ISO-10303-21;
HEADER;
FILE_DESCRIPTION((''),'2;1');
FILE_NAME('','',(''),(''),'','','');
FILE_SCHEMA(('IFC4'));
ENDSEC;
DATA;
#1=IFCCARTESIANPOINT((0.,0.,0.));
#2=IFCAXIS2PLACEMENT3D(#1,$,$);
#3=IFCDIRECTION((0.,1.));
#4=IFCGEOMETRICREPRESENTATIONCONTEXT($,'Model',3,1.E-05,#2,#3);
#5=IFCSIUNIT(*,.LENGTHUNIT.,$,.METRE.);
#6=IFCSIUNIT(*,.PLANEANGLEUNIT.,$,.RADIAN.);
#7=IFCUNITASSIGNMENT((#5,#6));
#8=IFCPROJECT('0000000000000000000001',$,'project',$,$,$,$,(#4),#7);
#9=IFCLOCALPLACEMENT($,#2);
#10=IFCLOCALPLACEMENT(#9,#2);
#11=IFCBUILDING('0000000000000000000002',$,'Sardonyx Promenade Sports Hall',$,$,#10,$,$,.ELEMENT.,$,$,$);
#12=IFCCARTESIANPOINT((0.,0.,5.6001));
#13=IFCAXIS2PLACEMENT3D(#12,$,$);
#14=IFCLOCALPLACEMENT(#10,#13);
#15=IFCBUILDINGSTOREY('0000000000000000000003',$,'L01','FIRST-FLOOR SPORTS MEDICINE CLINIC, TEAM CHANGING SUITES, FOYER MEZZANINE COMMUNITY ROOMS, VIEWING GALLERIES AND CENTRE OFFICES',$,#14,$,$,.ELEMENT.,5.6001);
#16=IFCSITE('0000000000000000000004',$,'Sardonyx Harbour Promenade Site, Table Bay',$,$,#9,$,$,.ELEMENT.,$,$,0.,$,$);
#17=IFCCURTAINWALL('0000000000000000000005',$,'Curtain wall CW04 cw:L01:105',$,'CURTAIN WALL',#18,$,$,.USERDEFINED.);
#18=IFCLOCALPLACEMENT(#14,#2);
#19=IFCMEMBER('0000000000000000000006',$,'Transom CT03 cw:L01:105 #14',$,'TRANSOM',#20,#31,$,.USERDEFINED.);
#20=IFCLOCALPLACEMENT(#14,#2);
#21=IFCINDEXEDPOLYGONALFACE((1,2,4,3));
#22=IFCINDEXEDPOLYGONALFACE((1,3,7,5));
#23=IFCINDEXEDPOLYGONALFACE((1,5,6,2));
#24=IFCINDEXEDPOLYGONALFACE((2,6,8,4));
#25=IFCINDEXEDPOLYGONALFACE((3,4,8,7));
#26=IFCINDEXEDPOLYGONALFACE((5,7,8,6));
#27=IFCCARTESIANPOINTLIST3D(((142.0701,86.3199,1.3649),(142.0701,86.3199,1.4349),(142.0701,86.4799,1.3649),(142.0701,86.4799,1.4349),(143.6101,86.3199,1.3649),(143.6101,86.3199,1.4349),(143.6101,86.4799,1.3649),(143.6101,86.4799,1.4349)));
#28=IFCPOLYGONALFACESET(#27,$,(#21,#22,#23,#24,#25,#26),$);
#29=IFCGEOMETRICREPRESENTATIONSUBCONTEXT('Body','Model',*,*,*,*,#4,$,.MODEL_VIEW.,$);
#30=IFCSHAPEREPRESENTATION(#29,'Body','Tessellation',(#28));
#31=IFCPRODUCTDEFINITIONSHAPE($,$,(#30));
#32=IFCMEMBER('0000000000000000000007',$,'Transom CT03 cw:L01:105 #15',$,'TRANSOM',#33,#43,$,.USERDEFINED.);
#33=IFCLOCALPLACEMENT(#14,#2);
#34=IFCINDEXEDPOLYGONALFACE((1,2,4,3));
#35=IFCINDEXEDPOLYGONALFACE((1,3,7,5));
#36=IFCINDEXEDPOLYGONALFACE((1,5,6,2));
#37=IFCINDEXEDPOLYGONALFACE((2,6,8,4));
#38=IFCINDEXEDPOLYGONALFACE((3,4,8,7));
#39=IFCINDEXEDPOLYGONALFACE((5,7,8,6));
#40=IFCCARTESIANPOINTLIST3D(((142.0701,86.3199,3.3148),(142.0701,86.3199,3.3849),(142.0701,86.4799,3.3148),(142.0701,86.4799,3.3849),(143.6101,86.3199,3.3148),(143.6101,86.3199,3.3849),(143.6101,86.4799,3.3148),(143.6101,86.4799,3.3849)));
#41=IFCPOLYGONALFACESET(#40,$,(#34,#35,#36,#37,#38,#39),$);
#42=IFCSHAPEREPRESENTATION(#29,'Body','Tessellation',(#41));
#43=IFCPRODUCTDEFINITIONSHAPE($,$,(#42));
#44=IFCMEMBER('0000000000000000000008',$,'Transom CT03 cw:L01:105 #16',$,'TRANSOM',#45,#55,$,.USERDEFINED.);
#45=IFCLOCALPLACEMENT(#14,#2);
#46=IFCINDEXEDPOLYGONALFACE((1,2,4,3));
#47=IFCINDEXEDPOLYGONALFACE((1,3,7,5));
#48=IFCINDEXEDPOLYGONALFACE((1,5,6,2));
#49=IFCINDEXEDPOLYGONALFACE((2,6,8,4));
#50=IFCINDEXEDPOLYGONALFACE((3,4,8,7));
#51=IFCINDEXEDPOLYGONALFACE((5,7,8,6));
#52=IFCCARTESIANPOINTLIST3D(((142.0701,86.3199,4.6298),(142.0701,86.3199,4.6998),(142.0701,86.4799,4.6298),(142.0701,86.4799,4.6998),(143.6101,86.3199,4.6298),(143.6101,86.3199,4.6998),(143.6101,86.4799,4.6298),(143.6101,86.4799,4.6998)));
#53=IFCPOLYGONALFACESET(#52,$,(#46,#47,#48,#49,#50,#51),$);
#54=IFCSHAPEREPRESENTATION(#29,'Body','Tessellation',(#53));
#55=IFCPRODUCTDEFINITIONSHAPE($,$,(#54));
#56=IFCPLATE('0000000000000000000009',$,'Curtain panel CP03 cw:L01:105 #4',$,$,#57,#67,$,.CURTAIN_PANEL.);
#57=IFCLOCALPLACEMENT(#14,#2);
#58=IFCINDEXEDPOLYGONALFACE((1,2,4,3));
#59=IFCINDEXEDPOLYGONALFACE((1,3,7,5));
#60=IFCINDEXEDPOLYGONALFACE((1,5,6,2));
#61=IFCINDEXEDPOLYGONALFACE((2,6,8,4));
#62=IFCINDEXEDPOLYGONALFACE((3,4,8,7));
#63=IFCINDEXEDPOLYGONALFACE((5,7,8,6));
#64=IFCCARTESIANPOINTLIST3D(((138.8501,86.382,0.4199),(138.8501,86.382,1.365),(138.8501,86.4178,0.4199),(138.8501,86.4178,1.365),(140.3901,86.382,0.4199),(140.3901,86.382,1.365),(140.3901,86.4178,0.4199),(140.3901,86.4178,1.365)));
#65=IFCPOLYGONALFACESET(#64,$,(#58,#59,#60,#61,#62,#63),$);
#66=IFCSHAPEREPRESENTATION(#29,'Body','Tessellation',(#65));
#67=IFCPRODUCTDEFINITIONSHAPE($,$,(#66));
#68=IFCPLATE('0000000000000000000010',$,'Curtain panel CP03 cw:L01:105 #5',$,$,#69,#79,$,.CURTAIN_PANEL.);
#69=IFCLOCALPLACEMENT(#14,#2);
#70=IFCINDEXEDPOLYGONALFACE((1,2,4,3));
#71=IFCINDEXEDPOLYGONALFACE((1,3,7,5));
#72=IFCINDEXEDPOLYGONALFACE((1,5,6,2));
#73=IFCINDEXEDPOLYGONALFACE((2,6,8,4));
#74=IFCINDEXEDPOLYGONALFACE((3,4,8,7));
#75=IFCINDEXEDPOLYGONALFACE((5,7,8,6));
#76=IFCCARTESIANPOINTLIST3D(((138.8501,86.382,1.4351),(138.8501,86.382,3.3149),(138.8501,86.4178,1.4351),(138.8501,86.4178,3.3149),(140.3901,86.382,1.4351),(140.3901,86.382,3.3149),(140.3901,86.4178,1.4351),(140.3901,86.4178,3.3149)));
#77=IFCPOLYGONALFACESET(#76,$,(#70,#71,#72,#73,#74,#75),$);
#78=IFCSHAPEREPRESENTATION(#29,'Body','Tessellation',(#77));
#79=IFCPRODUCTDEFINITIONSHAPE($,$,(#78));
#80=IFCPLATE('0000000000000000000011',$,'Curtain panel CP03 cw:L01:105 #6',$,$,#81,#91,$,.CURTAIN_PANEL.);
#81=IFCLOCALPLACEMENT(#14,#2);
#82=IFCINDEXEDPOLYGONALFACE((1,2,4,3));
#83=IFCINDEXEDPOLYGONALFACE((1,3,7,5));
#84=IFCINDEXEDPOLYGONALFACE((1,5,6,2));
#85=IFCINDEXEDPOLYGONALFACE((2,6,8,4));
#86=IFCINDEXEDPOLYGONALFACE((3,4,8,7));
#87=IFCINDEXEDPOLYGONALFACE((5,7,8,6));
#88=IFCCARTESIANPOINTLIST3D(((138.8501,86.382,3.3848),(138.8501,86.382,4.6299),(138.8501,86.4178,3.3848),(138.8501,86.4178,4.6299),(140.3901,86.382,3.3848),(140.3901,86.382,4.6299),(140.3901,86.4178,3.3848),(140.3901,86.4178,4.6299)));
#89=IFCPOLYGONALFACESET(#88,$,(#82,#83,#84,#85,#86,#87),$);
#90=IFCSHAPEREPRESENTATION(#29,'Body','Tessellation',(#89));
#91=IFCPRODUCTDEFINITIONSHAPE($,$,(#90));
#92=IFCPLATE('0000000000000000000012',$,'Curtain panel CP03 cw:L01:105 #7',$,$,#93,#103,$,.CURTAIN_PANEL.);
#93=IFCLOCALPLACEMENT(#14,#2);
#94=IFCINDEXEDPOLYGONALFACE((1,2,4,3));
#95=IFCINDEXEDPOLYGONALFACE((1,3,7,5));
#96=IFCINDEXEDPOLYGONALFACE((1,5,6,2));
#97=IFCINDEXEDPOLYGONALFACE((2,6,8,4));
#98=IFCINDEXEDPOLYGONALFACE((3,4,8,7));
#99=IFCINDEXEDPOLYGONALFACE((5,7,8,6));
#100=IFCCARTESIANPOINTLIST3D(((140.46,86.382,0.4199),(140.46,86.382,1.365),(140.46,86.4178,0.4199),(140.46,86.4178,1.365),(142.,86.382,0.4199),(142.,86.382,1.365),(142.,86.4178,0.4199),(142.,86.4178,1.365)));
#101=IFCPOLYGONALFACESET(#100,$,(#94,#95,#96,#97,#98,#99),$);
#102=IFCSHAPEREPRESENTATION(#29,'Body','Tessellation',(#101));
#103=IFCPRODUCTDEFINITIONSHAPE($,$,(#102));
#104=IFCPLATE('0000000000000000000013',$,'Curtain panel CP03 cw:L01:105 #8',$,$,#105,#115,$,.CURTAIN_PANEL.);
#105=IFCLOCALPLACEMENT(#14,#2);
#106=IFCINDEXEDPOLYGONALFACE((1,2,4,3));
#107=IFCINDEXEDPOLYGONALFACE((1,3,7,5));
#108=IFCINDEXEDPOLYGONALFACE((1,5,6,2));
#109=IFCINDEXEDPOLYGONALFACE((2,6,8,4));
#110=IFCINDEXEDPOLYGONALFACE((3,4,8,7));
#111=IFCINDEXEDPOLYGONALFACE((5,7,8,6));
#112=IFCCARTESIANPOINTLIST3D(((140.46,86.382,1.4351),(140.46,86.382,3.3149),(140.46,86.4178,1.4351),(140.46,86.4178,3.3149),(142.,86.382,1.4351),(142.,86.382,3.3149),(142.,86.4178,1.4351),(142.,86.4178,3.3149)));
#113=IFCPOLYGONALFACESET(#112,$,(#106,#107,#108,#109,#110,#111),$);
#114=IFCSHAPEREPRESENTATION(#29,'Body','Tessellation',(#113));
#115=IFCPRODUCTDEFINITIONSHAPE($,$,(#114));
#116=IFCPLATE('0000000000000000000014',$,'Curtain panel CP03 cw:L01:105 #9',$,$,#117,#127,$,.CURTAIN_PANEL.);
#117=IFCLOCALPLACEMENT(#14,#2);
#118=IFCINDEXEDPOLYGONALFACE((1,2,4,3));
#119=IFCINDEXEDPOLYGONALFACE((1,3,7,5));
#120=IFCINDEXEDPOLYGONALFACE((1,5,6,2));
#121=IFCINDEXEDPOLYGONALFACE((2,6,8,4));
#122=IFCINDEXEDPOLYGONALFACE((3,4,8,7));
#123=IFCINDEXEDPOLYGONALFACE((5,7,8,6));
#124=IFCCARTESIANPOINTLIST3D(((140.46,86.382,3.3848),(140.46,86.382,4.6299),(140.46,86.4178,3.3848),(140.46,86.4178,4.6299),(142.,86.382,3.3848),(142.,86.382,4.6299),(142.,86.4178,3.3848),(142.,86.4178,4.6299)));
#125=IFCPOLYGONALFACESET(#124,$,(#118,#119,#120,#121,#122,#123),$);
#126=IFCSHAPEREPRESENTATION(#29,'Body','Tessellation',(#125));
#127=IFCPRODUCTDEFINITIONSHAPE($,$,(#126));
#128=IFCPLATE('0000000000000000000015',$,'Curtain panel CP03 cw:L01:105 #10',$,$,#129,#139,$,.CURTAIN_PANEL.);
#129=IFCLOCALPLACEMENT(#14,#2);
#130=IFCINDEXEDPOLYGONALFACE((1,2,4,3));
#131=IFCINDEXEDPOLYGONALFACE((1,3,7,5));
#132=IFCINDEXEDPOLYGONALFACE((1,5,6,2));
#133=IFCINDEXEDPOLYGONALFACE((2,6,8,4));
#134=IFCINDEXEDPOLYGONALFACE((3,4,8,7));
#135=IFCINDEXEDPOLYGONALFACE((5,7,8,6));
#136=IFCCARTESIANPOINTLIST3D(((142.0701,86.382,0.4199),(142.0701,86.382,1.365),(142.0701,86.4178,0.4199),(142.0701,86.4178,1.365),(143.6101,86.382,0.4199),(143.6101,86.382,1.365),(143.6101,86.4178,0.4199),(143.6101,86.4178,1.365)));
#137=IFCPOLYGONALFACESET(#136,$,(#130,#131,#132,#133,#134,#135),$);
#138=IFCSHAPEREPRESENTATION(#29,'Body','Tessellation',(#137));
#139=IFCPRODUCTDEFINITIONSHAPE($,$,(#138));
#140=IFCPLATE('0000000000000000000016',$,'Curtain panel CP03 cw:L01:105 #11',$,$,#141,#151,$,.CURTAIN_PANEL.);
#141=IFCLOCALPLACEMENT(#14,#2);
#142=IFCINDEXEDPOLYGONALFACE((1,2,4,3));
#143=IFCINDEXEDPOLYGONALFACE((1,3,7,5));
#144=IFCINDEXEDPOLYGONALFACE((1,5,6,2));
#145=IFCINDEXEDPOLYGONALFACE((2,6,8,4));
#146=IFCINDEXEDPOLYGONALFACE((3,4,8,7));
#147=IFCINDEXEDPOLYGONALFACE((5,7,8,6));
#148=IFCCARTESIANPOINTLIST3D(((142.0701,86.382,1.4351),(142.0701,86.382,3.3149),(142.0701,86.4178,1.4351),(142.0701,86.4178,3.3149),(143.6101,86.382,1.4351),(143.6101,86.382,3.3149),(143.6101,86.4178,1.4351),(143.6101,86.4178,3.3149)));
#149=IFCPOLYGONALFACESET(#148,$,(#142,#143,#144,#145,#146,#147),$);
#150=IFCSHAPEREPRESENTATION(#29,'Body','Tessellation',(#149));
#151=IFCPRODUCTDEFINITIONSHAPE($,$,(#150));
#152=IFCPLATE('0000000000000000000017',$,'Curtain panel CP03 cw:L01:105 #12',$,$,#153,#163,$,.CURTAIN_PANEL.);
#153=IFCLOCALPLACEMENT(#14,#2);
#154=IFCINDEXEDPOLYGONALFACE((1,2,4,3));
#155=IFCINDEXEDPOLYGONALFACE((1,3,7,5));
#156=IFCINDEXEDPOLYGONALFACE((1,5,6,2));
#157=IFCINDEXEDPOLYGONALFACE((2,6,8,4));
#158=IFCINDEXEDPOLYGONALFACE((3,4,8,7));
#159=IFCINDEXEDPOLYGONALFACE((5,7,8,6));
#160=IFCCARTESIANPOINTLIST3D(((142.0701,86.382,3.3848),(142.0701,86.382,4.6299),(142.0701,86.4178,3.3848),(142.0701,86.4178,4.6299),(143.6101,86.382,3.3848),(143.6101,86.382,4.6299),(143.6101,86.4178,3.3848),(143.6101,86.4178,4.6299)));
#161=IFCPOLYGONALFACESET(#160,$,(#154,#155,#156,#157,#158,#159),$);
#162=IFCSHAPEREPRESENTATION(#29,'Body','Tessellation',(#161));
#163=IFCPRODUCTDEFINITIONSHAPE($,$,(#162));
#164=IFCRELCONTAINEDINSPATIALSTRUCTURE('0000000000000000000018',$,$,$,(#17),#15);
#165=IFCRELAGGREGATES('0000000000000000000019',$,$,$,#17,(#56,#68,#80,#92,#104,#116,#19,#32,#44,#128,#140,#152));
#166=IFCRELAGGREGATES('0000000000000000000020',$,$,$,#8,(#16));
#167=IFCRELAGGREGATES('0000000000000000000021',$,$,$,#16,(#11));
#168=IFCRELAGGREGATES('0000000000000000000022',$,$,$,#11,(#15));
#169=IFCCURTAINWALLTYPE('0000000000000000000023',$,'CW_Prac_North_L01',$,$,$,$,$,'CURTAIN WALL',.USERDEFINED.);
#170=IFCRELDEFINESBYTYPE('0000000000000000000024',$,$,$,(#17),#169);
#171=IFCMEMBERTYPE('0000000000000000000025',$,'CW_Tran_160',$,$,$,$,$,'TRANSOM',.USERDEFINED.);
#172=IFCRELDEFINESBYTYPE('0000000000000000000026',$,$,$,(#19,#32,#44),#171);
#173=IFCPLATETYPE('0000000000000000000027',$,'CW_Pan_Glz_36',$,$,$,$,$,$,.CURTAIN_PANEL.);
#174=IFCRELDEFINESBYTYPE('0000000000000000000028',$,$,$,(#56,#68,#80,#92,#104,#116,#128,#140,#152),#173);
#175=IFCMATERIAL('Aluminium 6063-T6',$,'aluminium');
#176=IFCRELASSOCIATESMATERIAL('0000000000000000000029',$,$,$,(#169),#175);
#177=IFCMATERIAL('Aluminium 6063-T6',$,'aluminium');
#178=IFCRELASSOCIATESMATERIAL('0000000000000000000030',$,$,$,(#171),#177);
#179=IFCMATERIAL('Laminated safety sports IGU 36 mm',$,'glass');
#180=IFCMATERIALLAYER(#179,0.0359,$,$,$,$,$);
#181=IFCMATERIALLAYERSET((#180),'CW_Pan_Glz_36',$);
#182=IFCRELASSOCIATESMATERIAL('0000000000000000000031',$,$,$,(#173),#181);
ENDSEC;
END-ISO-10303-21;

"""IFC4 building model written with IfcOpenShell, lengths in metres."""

from ifc_helpers import new_model, si_unit, direction, frame, origin, origin_2d, place, context, subcontext, project, spatial, rectangle, extrude, material, layer, layer_set, material_profile, profile_set, type_object, element, aggregate, save


model = new_model("IFC4")

# Units and contexts
model_context = context("Model", 3, precision=1e-05, world=origin(), true_north=direction((0.0, 1.0)))
body_context = subcontext(model_context, "Body", "Model", "MODEL_VIEW")
ifc_project = project(units=[si_unit("LENGTHUNIT", "METRE"), si_unit("PLANEANGLEUNIT", "RADIAN")], contexts=[model_context])

# Site, building, storey
site_placement = place(None, origin())
site = spatial("IfcSite", under=ifc_project, at=site_placement, Name="Sardonyx Harbour Promenade Site, Table Bay", CompositionType="ELEMENT", RefElevation=0.0)
building_placement = place(site_placement, origin())
building = spatial("IfcBuilding", under=site, at=building_placement, Name="Sardonyx Promenade Sports Hall", CompositionType="ELEMENT")
storey_placement = place(building_placement, frame((0.0, 0.0, 5.6001)))
storey = spatial("IfcBuildingStorey", under=building, at=storey_placement, Name="L01", Description="FIRST-FLOOR SPORTS MEDICINE CLINIC, TEAM CHANGING SUITES, FOYER MEZZANINE COMMUNITY ROOMS, VIEWING GALLERIES AND CENTRE OFFICES", CompositionType="ELEMENT", Elevation=5.6001)

# Curtain wall, members, plates
ifc_material_1 = material(Name="Aluminium 6063-T6", Category="aluminium")
curtain_wall_type = type_object("IfcCurtainWallType", Name="CW_Prac_North_L01", ElementType="CURTAIN WALL", PredefinedType="USERDEFINED", material=ifc_material_1)
curtain_wall_placement = place(storey_placement, origin())
curtain_wall = element("IfcCurtainWall", 1, at=curtain_wall_placement, inside=storey, type_object=curtain_wall_type, Name="Curtain wall CW04 cw:L01:105", ObjectType="CURTAIN WALL", PredefinedType="USERDEFINED")
ifc_material_2 = material(Name="Aluminium 6063-T6", Category="aluminium")
ifc_material_profile_1 = material_profile(ifc_material_2, rectangle(XDim=0.0701, YDim=0.1599, at=origin_2d()))
ifc_profile_set_1 = profile_set([ifc_material_profile_1], Name="Aluminium 6063-T6")
member_type_1 = type_object("IfcMemberType", Name="CW_Tran_160", ElementType="TRANSOM", PredefinedType="USERDEFINED", material=ifc_profile_set_1)
member_1_placement = place(storey_placement, frame((142.0701, 86.3999, 1.3999), z_axis=(1.0, 0.0, 0.0), x_axis=(0.0, 0.0, 1.0)))
member_1 = element("IfcMember", 2, at=member_1_placement, type_object=member_type_1, Name="Transom CT03 cw:L01:105 #14", ObjectType="TRANSOM", PredefinedType="USERDEFINED", context=body_context, shape_type="SweptSolid", body=[
    extrude(rectangle(XDim=0.0701, YDim=0.1599, at=origin_2d()), origin(), (0.0, 0.0, 1.0), 1.54),
])
member_2_placement = place(storey_placement, frame((142.0701, 86.3999, 3.3499), z_axis=(1.0, 0.0, 0.0), x_axis=(0.0, 0.0, 1.0)))
member_2 = element("IfcMember", 3, at=member_2_placement, type_object=member_type_1, Name="Transom CT03 cw:L01:105 #15", ObjectType="TRANSOM", PredefinedType="USERDEFINED", context=body_context, shape_type="SweptSolid", body=[
    extrude(rectangle(XDim=0.0701, YDim=0.1599, at=origin_2d()), origin(), (0.0, 0.0, 1.0), 1.54),
])
member_3_placement = place(storey_placement, frame((142.0701, 86.3999, 4.6648), z_axis=(1.0, 0.0, 0.0), x_axis=(0.0, 0.0, 1.0)))
member_3 = element("IfcMember", 4, at=member_3_placement, type_object=member_type_1, Name="Transom CT03 cw:L01:105 #16", ObjectType="TRANSOM", PredefinedType="USERDEFINED", context=body_context, shape_type="SweptSolid", body=[
    extrude(rectangle(XDim=0.0701, YDim=0.1599, at=origin_2d()), origin(), (0.0, 0.0, 1.0), 1.54),
])
ifc_material_3 = material(Name="Laminated safety sports IGU 36 mm", Category="glass")
ifc_layer = layer(ifc_material_3, 0.0359)
ifc_layer_set = layer_set([ifc_layer], Name="CW_Pan_Glz_36")
plate_type = type_object("IfcPlateType", Name="CW_Pan_Glz_36", PredefinedType="CURTAIN_PANEL", material=ifc_layer_set)
plate_1_placement = place(storey_placement, frame((139.6201, 86.3999, 0.4199), z_axis=(0.0, 0.0, 1.0), x_axis=(1.0, 0.0, 0.0)))
plate_1 = element("IfcPlate", 5, at=plate_1_placement, type_object=plate_type, Name="Curtain panel CP03 cw:L01:105 #4", PredefinedType="CURTAIN_PANEL", context=body_context, shape_type="SweptSolid", body=[
    extrude(rectangle(XDim=1.54, YDim=0.0359, at=origin_2d()), origin(), (0.0, 0.0, 1.0), 0.9451),
])
plate_2_placement = place(storey_placement, frame((139.6201, 86.3999, 1.4351), z_axis=(0.0, 0.0, 1.0), x_axis=(1.0, 0.0, 0.0)))
plate_2 = element("IfcPlate", 6, at=plate_2_placement, type_object=plate_type, Name="Curtain panel CP03 cw:L01:105 #5", PredefinedType="CURTAIN_PANEL", context=body_context, shape_type="SweptSolid", body=[
    extrude(rectangle(XDim=1.54, YDim=0.0359, at=origin_2d()), origin(), (0.0, 0.0, 1.0), 1.8799),
])
plate_3_placement = place(storey_placement, frame((139.6201, 86.3999, 3.3848), z_axis=(0.0, 0.0, 1.0), x_axis=(1.0, 0.0, 0.0)))
plate_3 = element("IfcPlate", 7, at=plate_3_placement, type_object=plate_type, Name="Curtain panel CP03 cw:L01:105 #6", PredefinedType="CURTAIN_PANEL", context=body_context, shape_type="SweptSolid", body=[
    extrude(rectangle(XDim=1.54, YDim=0.0359, at=origin_2d()), origin(), (0.0, 0.0, 1.0), 1.2451),
])
plate_4_placement = place(storey_placement, frame((141.23, 86.3999, 0.4199), z_axis=(0.0, 0.0, 1.0), x_axis=(1.0, 0.0, 0.0)))
plate_4 = element("IfcPlate", 8, at=plate_4_placement, type_object=plate_type, Name="Curtain panel CP03 cw:L01:105 #7", PredefinedType="CURTAIN_PANEL", context=body_context, shape_type="SweptSolid", body=[
    extrude(rectangle(XDim=1.54, YDim=0.0359, at=origin_2d()), origin(), (0.0, 0.0, 1.0), 0.9451),
])
plate_5_placement = place(storey_placement, frame((141.23, 86.3999, 1.4351), z_axis=(0.0, 0.0, 1.0), x_axis=(1.0, 0.0, 0.0)))
plate_5 = element("IfcPlate", 9, at=plate_5_placement, type_object=plate_type, Name="Curtain panel CP03 cw:L01:105 #8", PredefinedType="CURTAIN_PANEL", context=body_context, shape_type="SweptSolid", body=[
    extrude(rectangle(XDim=1.54, YDim=0.0359, at=origin_2d()), origin(), (0.0, 0.0, 1.0), 1.8799),
])
plate_6_placement = place(storey_placement, frame((141.23, 86.3999, 3.3848), z_axis=(0.0, 0.0, 1.0), x_axis=(1.0, 0.0, 0.0)))
plate_6 = element("IfcPlate", 10, at=plate_6_placement, type_object=plate_type, Name="Curtain panel CP03 cw:L01:105 #9", PredefinedType="CURTAIN_PANEL", context=body_context, shape_type="SweptSolid", body=[
    extrude(rectangle(XDim=1.54, YDim=0.0359, at=origin_2d()), origin(), (0.0, 0.0, 1.0), 1.2451),
])
plate_7_placement = place(storey_placement, frame((142.8401, 86.3999, 0.4199), z_axis=(0.0, 0.0, 1.0), x_axis=(1.0, 0.0, 0.0)))
plate_7 = element("IfcPlate", 11, at=plate_7_placement, type_object=plate_type, Name="Curtain panel CP03 cw:L01:105 #10", PredefinedType="CURTAIN_PANEL", context=body_context, shape_type="SweptSolid", body=[
    extrude(rectangle(XDim=1.54, YDim=0.0359, at=origin_2d()), origin(), (0.0, 0.0, 1.0), 0.9451),
])
plate_8_placement = place(storey_placement, frame((142.8401, 86.3999, 1.4351), z_axis=(0.0, 0.0, 1.0), x_axis=(1.0, 0.0, 0.0)))
plate_8 = element("IfcPlate", 12, at=plate_8_placement, type_object=plate_type, Name="Curtain panel CP03 cw:L01:105 #11", PredefinedType="CURTAIN_PANEL", context=body_context, shape_type="SweptSolid", body=[
    extrude(rectangle(XDim=1.54, YDim=0.0359, at=origin_2d()), origin(), (0.0, 0.0, 1.0), 1.8799),
])
plate_9_placement = place(storey_placement, frame((142.8401, 86.3999, 3.3848), z_axis=(0.0, 0.0, 1.0), x_axis=(1.0, 0.0, 0.0)))
plate_9 = element("IfcPlate", 13, at=plate_9_placement, type_object=plate_type, Name="Curtain panel CP03 cw:L01:105 #12", PredefinedType="CURTAIN_PANEL", context=body_context, shape_type="SweptSolid", body=[
    extrude(rectangle(XDim=1.54, YDim=0.0359, at=origin_2d()), origin(), (0.0, 0.0, 1.0), 1.2451),
])
aggregate(curtain_wall, [plate_1, plate_2, plate_3, plate_4, plate_5, plate_6, member_1, member_2, member_3, plate_7, plate_8, plate_9])

save(model, "model.ifc")
